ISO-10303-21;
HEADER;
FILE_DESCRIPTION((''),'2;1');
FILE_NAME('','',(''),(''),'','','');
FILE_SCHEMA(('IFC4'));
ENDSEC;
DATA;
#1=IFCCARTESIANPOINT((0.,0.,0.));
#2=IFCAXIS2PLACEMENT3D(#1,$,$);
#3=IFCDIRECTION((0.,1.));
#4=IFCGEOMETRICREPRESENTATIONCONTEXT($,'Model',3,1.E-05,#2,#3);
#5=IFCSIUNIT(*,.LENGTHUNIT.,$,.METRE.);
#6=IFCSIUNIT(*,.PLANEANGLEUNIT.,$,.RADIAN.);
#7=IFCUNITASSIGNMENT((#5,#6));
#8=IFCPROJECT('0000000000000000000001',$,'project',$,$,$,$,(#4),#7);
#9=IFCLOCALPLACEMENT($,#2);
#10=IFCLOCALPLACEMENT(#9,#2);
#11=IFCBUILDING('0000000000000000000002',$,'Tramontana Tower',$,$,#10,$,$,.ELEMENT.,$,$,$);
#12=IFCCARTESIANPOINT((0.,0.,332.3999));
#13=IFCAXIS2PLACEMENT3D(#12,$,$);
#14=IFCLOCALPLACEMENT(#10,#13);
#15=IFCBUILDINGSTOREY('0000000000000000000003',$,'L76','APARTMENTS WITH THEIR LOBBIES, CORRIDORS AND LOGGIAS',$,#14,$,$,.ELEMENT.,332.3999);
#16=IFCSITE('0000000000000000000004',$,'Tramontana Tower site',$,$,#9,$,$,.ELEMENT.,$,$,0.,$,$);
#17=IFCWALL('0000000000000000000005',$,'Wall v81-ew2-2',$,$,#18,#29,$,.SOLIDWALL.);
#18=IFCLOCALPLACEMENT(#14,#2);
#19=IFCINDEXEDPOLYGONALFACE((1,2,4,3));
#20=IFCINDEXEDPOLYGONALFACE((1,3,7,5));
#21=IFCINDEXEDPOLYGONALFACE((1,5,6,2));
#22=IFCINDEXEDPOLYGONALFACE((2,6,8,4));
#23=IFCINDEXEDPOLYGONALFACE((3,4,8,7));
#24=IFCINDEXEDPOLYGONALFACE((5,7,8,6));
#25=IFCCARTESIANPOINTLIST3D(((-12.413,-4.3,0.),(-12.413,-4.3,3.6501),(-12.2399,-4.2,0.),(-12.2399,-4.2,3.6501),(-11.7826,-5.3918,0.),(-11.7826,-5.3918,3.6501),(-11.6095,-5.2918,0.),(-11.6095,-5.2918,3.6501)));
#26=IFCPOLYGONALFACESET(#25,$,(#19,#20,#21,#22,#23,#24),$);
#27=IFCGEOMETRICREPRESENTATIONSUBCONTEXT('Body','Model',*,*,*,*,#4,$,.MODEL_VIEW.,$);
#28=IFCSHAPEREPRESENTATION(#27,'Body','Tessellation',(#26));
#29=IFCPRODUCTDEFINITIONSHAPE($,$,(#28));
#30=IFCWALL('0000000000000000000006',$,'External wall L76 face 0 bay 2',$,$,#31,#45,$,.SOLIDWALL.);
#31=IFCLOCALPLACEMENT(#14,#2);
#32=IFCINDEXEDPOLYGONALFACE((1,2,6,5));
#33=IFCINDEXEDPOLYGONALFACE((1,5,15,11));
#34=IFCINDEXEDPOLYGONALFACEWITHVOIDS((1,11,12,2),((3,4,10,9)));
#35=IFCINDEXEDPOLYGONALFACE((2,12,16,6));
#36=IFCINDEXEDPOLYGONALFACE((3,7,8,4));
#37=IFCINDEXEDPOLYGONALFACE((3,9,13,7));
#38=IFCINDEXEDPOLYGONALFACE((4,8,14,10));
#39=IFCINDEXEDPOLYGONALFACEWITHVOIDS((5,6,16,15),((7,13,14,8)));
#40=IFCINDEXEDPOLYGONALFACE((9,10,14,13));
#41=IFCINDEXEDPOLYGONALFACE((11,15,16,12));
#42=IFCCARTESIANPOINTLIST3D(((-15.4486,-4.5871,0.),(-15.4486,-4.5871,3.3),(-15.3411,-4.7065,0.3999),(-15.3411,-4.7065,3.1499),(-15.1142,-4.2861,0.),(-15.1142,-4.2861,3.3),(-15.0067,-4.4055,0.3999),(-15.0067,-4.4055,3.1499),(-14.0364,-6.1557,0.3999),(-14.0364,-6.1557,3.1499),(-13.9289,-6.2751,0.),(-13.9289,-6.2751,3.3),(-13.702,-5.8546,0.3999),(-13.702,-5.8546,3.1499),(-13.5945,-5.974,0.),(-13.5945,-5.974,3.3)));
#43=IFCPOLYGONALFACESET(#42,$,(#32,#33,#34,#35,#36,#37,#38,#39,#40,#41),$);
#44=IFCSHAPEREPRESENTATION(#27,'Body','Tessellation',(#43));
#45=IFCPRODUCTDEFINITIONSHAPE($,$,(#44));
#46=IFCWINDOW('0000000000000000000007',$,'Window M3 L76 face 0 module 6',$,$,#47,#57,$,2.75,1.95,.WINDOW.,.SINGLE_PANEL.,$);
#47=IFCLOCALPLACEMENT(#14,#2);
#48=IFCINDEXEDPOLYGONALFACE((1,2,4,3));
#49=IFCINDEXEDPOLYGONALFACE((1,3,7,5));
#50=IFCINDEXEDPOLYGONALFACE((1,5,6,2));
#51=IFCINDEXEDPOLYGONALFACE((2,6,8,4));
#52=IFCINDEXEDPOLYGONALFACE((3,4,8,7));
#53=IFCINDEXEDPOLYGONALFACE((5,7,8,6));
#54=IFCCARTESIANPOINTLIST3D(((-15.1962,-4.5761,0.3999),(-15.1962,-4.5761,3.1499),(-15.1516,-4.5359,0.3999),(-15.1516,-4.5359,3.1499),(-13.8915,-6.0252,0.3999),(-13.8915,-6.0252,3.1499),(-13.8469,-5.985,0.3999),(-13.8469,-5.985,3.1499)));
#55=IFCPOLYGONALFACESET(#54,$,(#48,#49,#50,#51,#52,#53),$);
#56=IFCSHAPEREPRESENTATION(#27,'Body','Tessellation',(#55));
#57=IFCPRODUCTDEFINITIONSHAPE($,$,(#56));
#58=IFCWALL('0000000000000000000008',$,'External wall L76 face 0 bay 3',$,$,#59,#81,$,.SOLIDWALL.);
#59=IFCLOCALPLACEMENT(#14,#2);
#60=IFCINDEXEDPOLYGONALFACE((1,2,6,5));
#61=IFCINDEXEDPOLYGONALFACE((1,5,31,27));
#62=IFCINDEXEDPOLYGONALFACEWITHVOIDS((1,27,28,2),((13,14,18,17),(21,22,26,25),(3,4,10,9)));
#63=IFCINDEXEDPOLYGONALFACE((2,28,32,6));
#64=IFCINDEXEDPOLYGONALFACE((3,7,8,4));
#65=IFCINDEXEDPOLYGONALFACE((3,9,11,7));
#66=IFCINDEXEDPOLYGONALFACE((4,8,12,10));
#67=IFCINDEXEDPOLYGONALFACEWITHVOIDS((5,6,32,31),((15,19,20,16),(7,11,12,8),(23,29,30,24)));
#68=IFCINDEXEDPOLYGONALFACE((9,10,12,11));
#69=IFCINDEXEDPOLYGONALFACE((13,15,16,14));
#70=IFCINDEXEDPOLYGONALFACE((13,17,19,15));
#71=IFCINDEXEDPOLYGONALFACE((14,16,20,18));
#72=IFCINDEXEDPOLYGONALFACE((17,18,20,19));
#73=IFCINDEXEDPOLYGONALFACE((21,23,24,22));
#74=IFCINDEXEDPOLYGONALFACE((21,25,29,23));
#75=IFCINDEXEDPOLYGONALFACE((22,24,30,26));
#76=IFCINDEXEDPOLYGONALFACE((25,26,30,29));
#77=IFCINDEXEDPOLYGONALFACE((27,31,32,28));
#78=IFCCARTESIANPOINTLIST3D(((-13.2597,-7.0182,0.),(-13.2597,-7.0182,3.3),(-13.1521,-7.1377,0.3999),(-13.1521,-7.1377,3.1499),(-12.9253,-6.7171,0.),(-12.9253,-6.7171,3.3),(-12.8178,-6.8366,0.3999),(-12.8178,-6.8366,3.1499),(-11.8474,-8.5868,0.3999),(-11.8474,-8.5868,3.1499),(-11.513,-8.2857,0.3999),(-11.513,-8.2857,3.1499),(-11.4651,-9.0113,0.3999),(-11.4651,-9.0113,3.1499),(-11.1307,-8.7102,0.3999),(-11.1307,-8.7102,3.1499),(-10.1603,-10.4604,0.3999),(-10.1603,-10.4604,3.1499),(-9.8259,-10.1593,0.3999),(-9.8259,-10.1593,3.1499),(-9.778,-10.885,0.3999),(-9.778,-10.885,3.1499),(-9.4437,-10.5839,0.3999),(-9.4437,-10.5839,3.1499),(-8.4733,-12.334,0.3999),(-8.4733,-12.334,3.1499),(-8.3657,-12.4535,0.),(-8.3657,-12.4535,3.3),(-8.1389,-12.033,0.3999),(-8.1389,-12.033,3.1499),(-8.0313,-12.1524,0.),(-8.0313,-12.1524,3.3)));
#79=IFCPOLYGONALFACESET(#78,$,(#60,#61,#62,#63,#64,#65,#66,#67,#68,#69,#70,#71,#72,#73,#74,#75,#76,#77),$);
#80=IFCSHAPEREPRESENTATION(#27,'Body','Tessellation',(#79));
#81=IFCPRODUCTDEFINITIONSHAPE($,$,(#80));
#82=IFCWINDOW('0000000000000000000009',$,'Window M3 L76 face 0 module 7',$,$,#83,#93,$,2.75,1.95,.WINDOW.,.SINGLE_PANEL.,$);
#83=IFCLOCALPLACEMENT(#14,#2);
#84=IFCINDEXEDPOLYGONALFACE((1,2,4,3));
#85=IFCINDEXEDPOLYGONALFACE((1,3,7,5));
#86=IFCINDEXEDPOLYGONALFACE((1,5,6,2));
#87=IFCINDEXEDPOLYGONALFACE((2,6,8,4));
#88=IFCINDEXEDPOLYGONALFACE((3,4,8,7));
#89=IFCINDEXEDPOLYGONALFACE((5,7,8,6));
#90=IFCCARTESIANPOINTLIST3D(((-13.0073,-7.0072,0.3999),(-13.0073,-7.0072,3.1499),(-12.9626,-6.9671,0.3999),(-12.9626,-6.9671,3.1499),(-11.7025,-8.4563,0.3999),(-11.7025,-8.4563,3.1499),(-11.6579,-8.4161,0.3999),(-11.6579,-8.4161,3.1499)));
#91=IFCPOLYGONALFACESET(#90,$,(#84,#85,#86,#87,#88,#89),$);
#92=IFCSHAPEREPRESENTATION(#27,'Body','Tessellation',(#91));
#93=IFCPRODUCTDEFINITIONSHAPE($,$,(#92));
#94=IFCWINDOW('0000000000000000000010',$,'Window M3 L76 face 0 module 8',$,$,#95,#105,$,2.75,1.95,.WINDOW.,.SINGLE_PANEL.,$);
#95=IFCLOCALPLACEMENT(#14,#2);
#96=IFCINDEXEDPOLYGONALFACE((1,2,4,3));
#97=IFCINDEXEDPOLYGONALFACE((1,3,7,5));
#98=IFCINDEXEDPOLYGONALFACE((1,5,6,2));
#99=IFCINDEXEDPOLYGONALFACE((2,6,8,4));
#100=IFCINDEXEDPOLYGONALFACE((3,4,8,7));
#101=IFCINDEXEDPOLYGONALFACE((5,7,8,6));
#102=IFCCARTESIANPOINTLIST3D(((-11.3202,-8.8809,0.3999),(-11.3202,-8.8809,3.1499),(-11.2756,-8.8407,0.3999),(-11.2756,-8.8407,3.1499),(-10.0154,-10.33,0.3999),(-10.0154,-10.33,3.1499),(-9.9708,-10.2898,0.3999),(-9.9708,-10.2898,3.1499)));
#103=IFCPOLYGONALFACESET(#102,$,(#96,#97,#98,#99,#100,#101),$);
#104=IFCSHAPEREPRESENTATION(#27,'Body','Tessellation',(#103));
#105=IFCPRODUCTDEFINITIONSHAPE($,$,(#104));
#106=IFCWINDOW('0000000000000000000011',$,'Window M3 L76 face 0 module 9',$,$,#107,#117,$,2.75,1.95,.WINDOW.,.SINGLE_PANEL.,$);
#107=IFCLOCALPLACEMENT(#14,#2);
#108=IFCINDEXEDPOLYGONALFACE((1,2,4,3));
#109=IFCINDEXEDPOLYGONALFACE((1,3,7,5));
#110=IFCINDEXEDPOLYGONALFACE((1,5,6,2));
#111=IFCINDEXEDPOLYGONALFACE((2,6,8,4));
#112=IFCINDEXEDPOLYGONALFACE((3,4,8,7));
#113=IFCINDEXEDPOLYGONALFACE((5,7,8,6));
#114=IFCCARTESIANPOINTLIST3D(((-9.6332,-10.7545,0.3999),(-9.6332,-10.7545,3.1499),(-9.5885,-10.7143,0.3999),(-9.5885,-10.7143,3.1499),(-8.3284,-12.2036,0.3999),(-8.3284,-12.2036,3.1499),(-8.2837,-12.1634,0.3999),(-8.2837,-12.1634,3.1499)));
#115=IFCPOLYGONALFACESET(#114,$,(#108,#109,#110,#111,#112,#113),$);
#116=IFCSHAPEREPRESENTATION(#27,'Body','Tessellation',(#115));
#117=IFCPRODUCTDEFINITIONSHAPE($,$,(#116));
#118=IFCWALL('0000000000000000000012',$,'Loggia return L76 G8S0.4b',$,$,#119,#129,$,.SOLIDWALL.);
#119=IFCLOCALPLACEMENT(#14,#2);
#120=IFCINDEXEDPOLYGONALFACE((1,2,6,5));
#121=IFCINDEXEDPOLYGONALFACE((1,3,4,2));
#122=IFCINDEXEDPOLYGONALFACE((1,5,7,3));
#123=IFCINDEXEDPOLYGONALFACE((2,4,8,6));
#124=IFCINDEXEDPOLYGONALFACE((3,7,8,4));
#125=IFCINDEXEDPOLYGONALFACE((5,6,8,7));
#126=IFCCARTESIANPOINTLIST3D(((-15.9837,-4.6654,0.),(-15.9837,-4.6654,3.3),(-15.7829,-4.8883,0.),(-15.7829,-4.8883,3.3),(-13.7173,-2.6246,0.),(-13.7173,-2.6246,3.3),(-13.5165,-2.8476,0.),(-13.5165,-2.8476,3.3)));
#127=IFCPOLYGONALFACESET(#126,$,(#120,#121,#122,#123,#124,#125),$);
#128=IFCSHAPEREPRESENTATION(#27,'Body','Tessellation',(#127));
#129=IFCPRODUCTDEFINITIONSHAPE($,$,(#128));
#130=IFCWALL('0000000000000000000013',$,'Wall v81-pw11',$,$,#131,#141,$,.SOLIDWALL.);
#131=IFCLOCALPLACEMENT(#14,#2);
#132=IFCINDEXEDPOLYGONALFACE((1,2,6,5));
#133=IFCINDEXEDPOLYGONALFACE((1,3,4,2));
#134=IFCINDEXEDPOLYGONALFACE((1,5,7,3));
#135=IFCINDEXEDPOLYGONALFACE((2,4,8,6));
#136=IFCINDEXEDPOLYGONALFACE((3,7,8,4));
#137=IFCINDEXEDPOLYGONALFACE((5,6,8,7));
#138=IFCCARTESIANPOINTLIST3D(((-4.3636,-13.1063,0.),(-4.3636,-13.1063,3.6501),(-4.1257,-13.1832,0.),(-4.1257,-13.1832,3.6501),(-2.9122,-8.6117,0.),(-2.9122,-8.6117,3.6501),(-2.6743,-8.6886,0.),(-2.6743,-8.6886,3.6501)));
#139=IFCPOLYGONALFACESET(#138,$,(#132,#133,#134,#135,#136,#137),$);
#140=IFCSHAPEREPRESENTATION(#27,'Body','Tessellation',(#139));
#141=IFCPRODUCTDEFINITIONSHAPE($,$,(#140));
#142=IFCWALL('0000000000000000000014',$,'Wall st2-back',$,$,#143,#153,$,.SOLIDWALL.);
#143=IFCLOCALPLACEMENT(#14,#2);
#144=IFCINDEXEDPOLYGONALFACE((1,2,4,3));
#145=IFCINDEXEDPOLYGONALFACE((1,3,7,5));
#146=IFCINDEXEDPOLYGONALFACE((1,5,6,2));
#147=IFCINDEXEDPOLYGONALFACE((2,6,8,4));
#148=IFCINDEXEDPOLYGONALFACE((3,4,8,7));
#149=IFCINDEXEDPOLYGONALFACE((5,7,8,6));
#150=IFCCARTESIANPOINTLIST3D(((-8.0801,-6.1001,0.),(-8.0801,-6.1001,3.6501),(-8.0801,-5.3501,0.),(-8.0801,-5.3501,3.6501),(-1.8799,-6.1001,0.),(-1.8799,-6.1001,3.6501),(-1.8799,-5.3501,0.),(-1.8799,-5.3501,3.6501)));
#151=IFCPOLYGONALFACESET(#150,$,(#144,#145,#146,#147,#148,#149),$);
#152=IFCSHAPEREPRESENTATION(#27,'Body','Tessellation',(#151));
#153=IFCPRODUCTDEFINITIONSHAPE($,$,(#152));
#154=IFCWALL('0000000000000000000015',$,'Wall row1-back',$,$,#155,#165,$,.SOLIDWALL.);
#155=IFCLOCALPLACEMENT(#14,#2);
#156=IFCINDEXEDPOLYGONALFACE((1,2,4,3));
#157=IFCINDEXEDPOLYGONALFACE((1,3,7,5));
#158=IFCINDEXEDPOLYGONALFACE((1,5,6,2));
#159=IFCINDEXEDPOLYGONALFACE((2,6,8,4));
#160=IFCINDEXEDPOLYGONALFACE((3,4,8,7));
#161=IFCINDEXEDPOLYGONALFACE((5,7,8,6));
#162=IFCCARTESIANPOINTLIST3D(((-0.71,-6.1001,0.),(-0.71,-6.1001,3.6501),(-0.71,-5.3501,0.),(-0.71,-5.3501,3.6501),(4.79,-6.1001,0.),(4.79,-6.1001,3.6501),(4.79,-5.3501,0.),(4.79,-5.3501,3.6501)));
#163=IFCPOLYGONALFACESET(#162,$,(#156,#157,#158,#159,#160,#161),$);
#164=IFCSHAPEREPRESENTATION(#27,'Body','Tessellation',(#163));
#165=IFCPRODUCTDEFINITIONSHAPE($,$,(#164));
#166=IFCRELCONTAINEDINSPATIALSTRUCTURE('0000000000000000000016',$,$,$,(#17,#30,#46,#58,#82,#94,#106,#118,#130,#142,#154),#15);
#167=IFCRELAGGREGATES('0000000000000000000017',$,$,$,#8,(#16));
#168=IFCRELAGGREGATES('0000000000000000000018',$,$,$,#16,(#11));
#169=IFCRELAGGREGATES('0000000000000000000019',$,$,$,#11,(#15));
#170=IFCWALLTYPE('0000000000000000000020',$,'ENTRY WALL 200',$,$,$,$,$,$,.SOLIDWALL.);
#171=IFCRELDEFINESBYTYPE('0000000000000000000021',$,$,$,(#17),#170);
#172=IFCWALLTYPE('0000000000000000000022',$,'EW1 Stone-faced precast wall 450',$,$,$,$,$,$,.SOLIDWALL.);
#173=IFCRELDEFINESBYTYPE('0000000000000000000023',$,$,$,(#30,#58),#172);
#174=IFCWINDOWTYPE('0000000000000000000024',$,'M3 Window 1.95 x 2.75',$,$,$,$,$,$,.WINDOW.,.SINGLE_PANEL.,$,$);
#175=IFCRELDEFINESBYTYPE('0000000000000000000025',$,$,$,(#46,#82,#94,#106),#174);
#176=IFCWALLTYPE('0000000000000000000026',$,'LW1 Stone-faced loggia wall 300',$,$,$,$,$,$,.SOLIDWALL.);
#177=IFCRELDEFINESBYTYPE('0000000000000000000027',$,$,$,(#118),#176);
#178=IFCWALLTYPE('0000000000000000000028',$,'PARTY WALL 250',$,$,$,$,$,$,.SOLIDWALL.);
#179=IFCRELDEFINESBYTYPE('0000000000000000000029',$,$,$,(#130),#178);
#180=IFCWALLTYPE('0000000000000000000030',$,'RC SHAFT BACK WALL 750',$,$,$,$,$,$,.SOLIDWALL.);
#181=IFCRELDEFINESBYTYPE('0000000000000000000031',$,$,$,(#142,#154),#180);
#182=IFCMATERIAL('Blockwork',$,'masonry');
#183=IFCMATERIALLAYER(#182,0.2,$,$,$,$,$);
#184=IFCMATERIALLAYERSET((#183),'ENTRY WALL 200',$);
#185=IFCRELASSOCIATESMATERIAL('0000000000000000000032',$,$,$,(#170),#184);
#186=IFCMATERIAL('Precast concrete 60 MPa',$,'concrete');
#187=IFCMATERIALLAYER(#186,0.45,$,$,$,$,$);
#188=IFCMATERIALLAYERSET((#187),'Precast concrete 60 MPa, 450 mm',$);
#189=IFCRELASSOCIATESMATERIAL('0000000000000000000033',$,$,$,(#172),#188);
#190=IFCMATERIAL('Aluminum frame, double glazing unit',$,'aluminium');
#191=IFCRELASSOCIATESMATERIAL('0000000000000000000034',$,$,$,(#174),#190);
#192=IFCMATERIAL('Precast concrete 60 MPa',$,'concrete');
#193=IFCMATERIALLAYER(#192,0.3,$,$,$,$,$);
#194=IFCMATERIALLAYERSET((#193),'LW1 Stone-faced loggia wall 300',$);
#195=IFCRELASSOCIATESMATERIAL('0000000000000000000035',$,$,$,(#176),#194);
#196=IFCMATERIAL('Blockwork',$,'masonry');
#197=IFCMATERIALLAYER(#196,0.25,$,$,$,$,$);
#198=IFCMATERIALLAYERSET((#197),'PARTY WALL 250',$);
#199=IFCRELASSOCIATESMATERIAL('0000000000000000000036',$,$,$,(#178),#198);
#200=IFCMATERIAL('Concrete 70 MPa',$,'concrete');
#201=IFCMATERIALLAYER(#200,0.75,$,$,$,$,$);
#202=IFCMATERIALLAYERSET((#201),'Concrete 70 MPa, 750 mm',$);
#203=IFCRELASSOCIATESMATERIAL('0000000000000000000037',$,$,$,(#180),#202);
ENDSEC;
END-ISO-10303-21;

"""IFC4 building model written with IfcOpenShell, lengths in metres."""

from ifc_helpers import new_model, si_unit, direction, frame, frame_2d, origin, place, context, subcontext, project, spatial, rectangle, extrude, material, layer, layer_set, type_object, element, fill, save


model = new_model("IFC4")

# Units and contexts
model_context = context("Model", 3, precision=1e-05, world=origin(), true_north=direction((0.0, 1.0)))
body_context = subcontext(model_context, "Body", "Model", "MODEL_VIEW")
ifc_project = project(units=[si_unit("LENGTHUNIT", "METRE"), si_unit("PLANEANGLEUNIT", "RADIAN")], contexts=[model_context])

# Site, building, storey
site_placement = place(None, origin())
site = spatial("IfcSite", under=ifc_project, at=site_placement, Name="Tramontana Tower site", CompositionType="ELEMENT", RefElevation=0.0)
building_placement = place(site_placement, origin())
building = spatial("IfcBuilding", under=site, at=building_placement, Name="Tramontana Tower", CompositionType="ELEMENT")
storey_placement = place(building_placement, frame((0.0, 0.0, 332.3999)))
storey = spatial("IfcBuildingStorey", under=building, at=storey_placement, Name="L76", Description="APARTMENTS WITH THEIR LOBBIES, CORRIDORS AND LOGGIAS", CompositionType="ELEMENT", Elevation=332.3999)

# Wall
ifc_material_1 = material(Name="Blockwork", Category="masonry")
ifc_layer_1 = layer(ifc_material_1, 0.2)
ifc_layer_set_1 = layer_set([ifc_layer_1], Name="ENTRY WALL 200")
wall_type_1 = type_object("IfcWallType", Name="ENTRY WALL 200", PredefinedType="SOLIDWALL", material=ifc_layer_set_1)
wall_1_placement = place(storey_placement, frame((-11.696, -5.3418, 0.0), z_axis=(0.0, 0.0, 1.0), x_axis=(-0.500013, 0.866018, 0.0)))
element("IfcWall", 1, at=wall_1_placement, inside=storey, type_object=wall_type_1, Name="Wall v81-ew2-2", PredefinedType="SOLIDWALL", context=body_context, shape_type="SweptSolid", body=[
    extrude(rectangle(XDim=1.2607, YDim=0.2, at=frame_2d((0.6304, 0.0))), origin(), (0.0, 0.0, 1.0), 3.6501),
])

# Wall, opening, window
ifc_material_2 = material(Name="Precast concrete 60 MPa", Category="concrete")
ifc_layer_2 = layer(ifc_material_2, 0.45)
ifc_layer_set_2 = layer_set([ifc_layer_2], Name="Precast concrete 60 MPa, 450 mm")
wall_type_2 = type_object("IfcWallType", Name="EW1 Stone-faced precast wall 450", PredefinedType="SOLIDWALL", material=ifc_layer_set_2)
wall_2_placement = place(storey_placement, frame((-15.2815, -4.4365, 0.0), z_axis=(0.0, 0.0, 1.0), x_axis=(0.669107, -0.743166, 0.0)))
wall_2 = element("IfcWall", 2, at=wall_2_placement, inside=storey, type_object=wall_type_2, Name="External wall L76 face 0 bay 2", PredefinedType="SOLIDWALL", context=body_context, shape_type="SweptSolid", body=[
    extrude(rectangle(XDim=2.2712, YDim=0.45, at=frame_2d((1.1357, 0.0))), origin(), (0.0, 0.0, 1.0), 3.3),
])
opening_1_placement = place(wall_2_placement, frame((0.1606, 0.0, 0.3999)))
opening_1 = element("IfcOpeningElement", 3, at=opening_1_placement, cuts=wall_2, PredefinedType="OPENING", context=body_context, shape_type="SweptSolid", body=[
    extrude(rectangle(XDim=1.95, YDim=2.75, at=frame_2d((0.9751, 1.375))), frame((0.0, 0.2349, 0.0), z_axis=(0.0, -1.0, 0.0), x_axis=(1.0, 0.0, 0.0)), (0.0, 0.0, 1.0), 0.47),
])
ifc_material_3 = material(Name="Aluminum frame, double glazing unit", Category="aluminium")
window_type = type_object("IfcWindowType", Name="M3 Window 1.95 x 2.75", PartitioningType="SINGLE_PANEL", PredefinedType="WINDOW", material=ifc_material_3)
window_1_placement = place(opening_1_placement, origin())
window_1 = element("IfcWindow", 4, at=window_1_placement, inside=storey, type_object=window_type, Name="Window M3 L76 face 0 module 6", OverallHeight=2.75, OverallWidth=1.95, PartitioningType="SINGLE_PANEL", PredefinedType="WINDOW", context=body_context, shape_type="SweptSolid", body=[
    extrude(rectangle(XDim=1.95, YDim=2.75, at=frame_2d((0.9751, 1.375))), frame((0.0, 0.03, 0.0), z_axis=(0.0, -1.0, 0.0), x_axis=(1.0, 0.0, 0.0)), (0.0, 0.0, 1.0), 0.0601),
])
fill(opening_1, window_1)

# Wall, openings, windows
wall_3_placement = place(storey_placement, frame((-13.0925, -6.8677, 0.0), z_axis=(0.0, 0.0, 1.0), x_axis=(0.669136, -0.74314, 0.0)))
wall_3 = element("IfcWall", 5, at=wall_3_placement, inside=storey, type_object=wall_type_2, Name="External wall L76 face 0 bay 3", PredefinedType="SOLIDWALL", context=body_context, shape_type="SweptSolid", body=[
    extrude(rectangle(XDim=7.314, YDim=0.45, at=frame_2d((3.657, 0.0))), origin(), (0.0, 0.0, 1.0), 3.3),
])
opening_2_placement = place(wall_3_placement, frame((0.1606, 0.0, 0.3999)))
opening_2 = element("IfcOpeningElement", 6, at=opening_2_placement, cuts=wall_3, PredefinedType="OPENING", context=body_context, shape_type="SweptSolid", body=[
    extrude(rectangle(XDim=1.95, YDim=2.75, at=frame_2d((0.9751, 1.375))), frame((0.0, 0.2349, 0.0), z_axis=(0.0, -1.0, 0.0), x_axis=(1.0, 0.0, 0.0)), (0.0, 0.0, 1.0), 0.47),
])
opening_3_placement = place(wall_3_placement, frame((2.6819, 0.0, 0.3999)))
opening_3 = element("IfcOpeningElement", 7, at=opening_3_placement, cuts=wall_3, PredefinedType="OPENING", context=body_context, shape_type="SweptSolid", body=[
    extrude(rectangle(XDim=1.95, YDim=2.75, at=frame_2d((0.9751, 1.375))), frame((0.0, 0.2349, 0.0), z_axis=(0.0, -1.0, 0.0), x_axis=(1.0, 0.0, 0.0)), (0.0, 0.0, 1.0), 0.47),
])
opening_4_placement = place(wall_3_placement, frame((5.2031, 0.0, 0.3999)))
opening_4 = element("IfcOpeningElement", 8, at=opening_4_placement, cuts=wall_3, PredefinedType="OPENING", context=body_context, shape_type="SweptSolid", body=[
    extrude(rectangle(XDim=1.95, YDim=2.75, at=frame_2d((0.9751, 1.375))), frame((0.0, 0.2349, 0.0), z_axis=(0.0, -1.0, 0.0), x_axis=(1.0, 0.0, 0.0)), (0.0, 0.0, 1.0), 0.47),
])
window_2_placement = place(opening_2_placement, origin())
window_2 = element("IfcWindow", 9, at=window_2_placement, inside=storey, type_object=window_type, Name="Window M3 L76 face 0 module 7", OverallHeight=2.75, OverallWidth=1.95, PartitioningType="SINGLE_PANEL", PredefinedType="WINDOW", context=body_context, shape_type="SweptSolid", body=[
    extrude(rectangle(XDim=1.95, YDim=2.75, at=frame_2d((0.9751, 1.375))), frame((0.0, 0.03, 0.0), z_axis=(0.0, -1.0, 0.0), x_axis=(1.0, 0.0, 0.0)), (0.0, 0.0, 1.0), 0.0601),
])
fill(opening_2, window_2)
window_3_placement = place(opening_3_placement, origin())
window_3 = element("IfcWindow", 10, at=window_3_placement, inside=storey, type_object=window_type, Name="Window M3 L76 face 0 module 8", OverallHeight=2.75, OverallWidth=1.95, PartitioningType="SINGLE_PANEL", PredefinedType="WINDOW", context=body_context, shape_type="SweptSolid", body=[
    extrude(rectangle(XDim=1.95, YDim=2.75, at=frame_2d((0.9751, 1.375))), frame((0.0, 0.03, 0.0), z_axis=(0.0, -1.0, 0.0), x_axis=(1.0, 0.0, 0.0)), (0.0, 0.0, 1.0), 0.0601),
])
fill(opening_3, window_3)
window_4_placement = place(opening_4_placement, origin())
window_4 = element("IfcWindow", 11, at=window_4_placement, inside=storey, type_object=window_type, Name="Window M3 L76 face 0 module 9", OverallHeight=2.75, OverallWidth=1.95, PartitioningType="SINGLE_PANEL", PredefinedType="WINDOW", context=body_context, shape_type="SweptSolid", body=[
    extrude(rectangle(XDim=1.95, YDim=2.75, at=frame_2d((0.9751, 1.375))), frame((0.0, 0.03, 0.0), z_axis=(0.0, -1.0, 0.0), x_axis=(1.0, 0.0, 0.0)), (0.0, 0.0, 1.0), 0.0601),
])
fill(opening_4, window_4)

# Walls
ifc_material_4 = material(Name="Precast concrete 60 MPa", Category="concrete")
ifc_layer_3 = layer(ifc_material_4, 0.3)
ifc_layer_set_3 = layer_set([ifc_layer_3], Name="LW1 Stone-faced loggia wall 300")
wall_type_3 = type_object("IfcWallType", Name="LW1 Stone-faced loggia wall 300", PredefinedType="SOLIDWALL", material=ifc_layer_set_3)
wall_4_placement = place(storey_placement, frame((-15.8833, -4.7769, 0.0), z_axis=(0.0, 0.0, 1.0), x_axis=(0.743123, 0.669155, 0.0)))
element("IfcWall", 12, at=wall_4_placement, inside=storey, type_object=wall_type_3, Name="Loggia return L76 G8S0.4b", PredefinedType="SOLIDWALL", context=body_context, shape_type="SweptSolid", body=[
    extrude(rectangle(XDim=3.0498, YDim=0.3, at=frame_2d((1.5249, 0.0))), origin(), (0.0, 0.0, 1.0), 3.3),
])
ifc_material_5 = material(Name="Blockwork", Category="masonry")
ifc_layer_4 = layer(ifc_material_5, 0.25)
ifc_layer_set_4 = layer_set([ifc_layer_4], Name="PARTY WALL 250")
wall_type_4 = type_object("IfcWallType", Name="PARTY WALL 250", PredefinedType="SOLIDWALL", material=ifc_layer_set_4)
wall_5_placement = place(storey_placement, frame((-2.7932, -8.6501, 0.0), z_axis=(0.0, 0.0, 1.0), x_axis=(-0.307297, -0.951614, 0.0)))
element("IfcWall", 13, at=wall_5_placement, inside=storey, type_object=wall_type_4, Name="Wall v81-pw11", PredefinedType="SOLIDWALL", context=body_context, shape_type="SweptSolid", body=[
    extrude(rectangle(XDim=4.7231, YDim=0.25, at=frame_2d((2.3616, 0.0))), origin(), (0.0, 0.0, 1.0), 3.6501),
])
ifc_material_6 = material(Name="Concrete 70 MPa", Category="concrete")
ifc_layer_5 = layer(ifc_material_6, 0.75)
ifc_layer_set_5 = layer_set([ifc_layer_5], Name="Concrete 70 MPa, 750 mm")
wall_type_5 = type_object("IfcWallType", Name="RC SHAFT BACK WALL 750", PredefinedType="SOLIDWALL", material=ifc_layer_set_5)
wall_6_placement = place(storey_placement, frame((-8.0801, -5.7251, 0.0), z_axis=(0.0, 0.0, 1.0), x_axis=(1.0, 0.0, 0.0)))
element("IfcWall", 14, at=wall_6_placement, inside=storey, type_object=wall_type_5, Name="Wall st2-back", PredefinedType="SOLIDWALL", context=body_context, shape_type="SweptSolid", body=[
    extrude(rectangle(XDim=6.2002, YDim=0.75, at=frame_2d((3.1001, 0.0))), origin(), (0.0, 0.0, 1.0), 3.6501),
])
wall_7_placement = place(storey_placement, frame((-0.71, -5.7251, 0.0), z_axis=(0.0, 0.0, 1.0), x_axis=(1.0, 0.0, 0.0)))
element("IfcWall", 15, at=wall_7_placement, inside=storey, type_object=wall_type_5, Name="Wall row1-back", PredefinedType="SOLIDWALL", context=body_context, shape_type="SweptSolid", body=[
    extrude(rectangle(XDim=5.5, YDim=0.75, at=frame_2d((2.75, 0.0))), origin(), (0.0, 0.0, 1.0), 3.6501),
])

save(model, "model.ifc")
